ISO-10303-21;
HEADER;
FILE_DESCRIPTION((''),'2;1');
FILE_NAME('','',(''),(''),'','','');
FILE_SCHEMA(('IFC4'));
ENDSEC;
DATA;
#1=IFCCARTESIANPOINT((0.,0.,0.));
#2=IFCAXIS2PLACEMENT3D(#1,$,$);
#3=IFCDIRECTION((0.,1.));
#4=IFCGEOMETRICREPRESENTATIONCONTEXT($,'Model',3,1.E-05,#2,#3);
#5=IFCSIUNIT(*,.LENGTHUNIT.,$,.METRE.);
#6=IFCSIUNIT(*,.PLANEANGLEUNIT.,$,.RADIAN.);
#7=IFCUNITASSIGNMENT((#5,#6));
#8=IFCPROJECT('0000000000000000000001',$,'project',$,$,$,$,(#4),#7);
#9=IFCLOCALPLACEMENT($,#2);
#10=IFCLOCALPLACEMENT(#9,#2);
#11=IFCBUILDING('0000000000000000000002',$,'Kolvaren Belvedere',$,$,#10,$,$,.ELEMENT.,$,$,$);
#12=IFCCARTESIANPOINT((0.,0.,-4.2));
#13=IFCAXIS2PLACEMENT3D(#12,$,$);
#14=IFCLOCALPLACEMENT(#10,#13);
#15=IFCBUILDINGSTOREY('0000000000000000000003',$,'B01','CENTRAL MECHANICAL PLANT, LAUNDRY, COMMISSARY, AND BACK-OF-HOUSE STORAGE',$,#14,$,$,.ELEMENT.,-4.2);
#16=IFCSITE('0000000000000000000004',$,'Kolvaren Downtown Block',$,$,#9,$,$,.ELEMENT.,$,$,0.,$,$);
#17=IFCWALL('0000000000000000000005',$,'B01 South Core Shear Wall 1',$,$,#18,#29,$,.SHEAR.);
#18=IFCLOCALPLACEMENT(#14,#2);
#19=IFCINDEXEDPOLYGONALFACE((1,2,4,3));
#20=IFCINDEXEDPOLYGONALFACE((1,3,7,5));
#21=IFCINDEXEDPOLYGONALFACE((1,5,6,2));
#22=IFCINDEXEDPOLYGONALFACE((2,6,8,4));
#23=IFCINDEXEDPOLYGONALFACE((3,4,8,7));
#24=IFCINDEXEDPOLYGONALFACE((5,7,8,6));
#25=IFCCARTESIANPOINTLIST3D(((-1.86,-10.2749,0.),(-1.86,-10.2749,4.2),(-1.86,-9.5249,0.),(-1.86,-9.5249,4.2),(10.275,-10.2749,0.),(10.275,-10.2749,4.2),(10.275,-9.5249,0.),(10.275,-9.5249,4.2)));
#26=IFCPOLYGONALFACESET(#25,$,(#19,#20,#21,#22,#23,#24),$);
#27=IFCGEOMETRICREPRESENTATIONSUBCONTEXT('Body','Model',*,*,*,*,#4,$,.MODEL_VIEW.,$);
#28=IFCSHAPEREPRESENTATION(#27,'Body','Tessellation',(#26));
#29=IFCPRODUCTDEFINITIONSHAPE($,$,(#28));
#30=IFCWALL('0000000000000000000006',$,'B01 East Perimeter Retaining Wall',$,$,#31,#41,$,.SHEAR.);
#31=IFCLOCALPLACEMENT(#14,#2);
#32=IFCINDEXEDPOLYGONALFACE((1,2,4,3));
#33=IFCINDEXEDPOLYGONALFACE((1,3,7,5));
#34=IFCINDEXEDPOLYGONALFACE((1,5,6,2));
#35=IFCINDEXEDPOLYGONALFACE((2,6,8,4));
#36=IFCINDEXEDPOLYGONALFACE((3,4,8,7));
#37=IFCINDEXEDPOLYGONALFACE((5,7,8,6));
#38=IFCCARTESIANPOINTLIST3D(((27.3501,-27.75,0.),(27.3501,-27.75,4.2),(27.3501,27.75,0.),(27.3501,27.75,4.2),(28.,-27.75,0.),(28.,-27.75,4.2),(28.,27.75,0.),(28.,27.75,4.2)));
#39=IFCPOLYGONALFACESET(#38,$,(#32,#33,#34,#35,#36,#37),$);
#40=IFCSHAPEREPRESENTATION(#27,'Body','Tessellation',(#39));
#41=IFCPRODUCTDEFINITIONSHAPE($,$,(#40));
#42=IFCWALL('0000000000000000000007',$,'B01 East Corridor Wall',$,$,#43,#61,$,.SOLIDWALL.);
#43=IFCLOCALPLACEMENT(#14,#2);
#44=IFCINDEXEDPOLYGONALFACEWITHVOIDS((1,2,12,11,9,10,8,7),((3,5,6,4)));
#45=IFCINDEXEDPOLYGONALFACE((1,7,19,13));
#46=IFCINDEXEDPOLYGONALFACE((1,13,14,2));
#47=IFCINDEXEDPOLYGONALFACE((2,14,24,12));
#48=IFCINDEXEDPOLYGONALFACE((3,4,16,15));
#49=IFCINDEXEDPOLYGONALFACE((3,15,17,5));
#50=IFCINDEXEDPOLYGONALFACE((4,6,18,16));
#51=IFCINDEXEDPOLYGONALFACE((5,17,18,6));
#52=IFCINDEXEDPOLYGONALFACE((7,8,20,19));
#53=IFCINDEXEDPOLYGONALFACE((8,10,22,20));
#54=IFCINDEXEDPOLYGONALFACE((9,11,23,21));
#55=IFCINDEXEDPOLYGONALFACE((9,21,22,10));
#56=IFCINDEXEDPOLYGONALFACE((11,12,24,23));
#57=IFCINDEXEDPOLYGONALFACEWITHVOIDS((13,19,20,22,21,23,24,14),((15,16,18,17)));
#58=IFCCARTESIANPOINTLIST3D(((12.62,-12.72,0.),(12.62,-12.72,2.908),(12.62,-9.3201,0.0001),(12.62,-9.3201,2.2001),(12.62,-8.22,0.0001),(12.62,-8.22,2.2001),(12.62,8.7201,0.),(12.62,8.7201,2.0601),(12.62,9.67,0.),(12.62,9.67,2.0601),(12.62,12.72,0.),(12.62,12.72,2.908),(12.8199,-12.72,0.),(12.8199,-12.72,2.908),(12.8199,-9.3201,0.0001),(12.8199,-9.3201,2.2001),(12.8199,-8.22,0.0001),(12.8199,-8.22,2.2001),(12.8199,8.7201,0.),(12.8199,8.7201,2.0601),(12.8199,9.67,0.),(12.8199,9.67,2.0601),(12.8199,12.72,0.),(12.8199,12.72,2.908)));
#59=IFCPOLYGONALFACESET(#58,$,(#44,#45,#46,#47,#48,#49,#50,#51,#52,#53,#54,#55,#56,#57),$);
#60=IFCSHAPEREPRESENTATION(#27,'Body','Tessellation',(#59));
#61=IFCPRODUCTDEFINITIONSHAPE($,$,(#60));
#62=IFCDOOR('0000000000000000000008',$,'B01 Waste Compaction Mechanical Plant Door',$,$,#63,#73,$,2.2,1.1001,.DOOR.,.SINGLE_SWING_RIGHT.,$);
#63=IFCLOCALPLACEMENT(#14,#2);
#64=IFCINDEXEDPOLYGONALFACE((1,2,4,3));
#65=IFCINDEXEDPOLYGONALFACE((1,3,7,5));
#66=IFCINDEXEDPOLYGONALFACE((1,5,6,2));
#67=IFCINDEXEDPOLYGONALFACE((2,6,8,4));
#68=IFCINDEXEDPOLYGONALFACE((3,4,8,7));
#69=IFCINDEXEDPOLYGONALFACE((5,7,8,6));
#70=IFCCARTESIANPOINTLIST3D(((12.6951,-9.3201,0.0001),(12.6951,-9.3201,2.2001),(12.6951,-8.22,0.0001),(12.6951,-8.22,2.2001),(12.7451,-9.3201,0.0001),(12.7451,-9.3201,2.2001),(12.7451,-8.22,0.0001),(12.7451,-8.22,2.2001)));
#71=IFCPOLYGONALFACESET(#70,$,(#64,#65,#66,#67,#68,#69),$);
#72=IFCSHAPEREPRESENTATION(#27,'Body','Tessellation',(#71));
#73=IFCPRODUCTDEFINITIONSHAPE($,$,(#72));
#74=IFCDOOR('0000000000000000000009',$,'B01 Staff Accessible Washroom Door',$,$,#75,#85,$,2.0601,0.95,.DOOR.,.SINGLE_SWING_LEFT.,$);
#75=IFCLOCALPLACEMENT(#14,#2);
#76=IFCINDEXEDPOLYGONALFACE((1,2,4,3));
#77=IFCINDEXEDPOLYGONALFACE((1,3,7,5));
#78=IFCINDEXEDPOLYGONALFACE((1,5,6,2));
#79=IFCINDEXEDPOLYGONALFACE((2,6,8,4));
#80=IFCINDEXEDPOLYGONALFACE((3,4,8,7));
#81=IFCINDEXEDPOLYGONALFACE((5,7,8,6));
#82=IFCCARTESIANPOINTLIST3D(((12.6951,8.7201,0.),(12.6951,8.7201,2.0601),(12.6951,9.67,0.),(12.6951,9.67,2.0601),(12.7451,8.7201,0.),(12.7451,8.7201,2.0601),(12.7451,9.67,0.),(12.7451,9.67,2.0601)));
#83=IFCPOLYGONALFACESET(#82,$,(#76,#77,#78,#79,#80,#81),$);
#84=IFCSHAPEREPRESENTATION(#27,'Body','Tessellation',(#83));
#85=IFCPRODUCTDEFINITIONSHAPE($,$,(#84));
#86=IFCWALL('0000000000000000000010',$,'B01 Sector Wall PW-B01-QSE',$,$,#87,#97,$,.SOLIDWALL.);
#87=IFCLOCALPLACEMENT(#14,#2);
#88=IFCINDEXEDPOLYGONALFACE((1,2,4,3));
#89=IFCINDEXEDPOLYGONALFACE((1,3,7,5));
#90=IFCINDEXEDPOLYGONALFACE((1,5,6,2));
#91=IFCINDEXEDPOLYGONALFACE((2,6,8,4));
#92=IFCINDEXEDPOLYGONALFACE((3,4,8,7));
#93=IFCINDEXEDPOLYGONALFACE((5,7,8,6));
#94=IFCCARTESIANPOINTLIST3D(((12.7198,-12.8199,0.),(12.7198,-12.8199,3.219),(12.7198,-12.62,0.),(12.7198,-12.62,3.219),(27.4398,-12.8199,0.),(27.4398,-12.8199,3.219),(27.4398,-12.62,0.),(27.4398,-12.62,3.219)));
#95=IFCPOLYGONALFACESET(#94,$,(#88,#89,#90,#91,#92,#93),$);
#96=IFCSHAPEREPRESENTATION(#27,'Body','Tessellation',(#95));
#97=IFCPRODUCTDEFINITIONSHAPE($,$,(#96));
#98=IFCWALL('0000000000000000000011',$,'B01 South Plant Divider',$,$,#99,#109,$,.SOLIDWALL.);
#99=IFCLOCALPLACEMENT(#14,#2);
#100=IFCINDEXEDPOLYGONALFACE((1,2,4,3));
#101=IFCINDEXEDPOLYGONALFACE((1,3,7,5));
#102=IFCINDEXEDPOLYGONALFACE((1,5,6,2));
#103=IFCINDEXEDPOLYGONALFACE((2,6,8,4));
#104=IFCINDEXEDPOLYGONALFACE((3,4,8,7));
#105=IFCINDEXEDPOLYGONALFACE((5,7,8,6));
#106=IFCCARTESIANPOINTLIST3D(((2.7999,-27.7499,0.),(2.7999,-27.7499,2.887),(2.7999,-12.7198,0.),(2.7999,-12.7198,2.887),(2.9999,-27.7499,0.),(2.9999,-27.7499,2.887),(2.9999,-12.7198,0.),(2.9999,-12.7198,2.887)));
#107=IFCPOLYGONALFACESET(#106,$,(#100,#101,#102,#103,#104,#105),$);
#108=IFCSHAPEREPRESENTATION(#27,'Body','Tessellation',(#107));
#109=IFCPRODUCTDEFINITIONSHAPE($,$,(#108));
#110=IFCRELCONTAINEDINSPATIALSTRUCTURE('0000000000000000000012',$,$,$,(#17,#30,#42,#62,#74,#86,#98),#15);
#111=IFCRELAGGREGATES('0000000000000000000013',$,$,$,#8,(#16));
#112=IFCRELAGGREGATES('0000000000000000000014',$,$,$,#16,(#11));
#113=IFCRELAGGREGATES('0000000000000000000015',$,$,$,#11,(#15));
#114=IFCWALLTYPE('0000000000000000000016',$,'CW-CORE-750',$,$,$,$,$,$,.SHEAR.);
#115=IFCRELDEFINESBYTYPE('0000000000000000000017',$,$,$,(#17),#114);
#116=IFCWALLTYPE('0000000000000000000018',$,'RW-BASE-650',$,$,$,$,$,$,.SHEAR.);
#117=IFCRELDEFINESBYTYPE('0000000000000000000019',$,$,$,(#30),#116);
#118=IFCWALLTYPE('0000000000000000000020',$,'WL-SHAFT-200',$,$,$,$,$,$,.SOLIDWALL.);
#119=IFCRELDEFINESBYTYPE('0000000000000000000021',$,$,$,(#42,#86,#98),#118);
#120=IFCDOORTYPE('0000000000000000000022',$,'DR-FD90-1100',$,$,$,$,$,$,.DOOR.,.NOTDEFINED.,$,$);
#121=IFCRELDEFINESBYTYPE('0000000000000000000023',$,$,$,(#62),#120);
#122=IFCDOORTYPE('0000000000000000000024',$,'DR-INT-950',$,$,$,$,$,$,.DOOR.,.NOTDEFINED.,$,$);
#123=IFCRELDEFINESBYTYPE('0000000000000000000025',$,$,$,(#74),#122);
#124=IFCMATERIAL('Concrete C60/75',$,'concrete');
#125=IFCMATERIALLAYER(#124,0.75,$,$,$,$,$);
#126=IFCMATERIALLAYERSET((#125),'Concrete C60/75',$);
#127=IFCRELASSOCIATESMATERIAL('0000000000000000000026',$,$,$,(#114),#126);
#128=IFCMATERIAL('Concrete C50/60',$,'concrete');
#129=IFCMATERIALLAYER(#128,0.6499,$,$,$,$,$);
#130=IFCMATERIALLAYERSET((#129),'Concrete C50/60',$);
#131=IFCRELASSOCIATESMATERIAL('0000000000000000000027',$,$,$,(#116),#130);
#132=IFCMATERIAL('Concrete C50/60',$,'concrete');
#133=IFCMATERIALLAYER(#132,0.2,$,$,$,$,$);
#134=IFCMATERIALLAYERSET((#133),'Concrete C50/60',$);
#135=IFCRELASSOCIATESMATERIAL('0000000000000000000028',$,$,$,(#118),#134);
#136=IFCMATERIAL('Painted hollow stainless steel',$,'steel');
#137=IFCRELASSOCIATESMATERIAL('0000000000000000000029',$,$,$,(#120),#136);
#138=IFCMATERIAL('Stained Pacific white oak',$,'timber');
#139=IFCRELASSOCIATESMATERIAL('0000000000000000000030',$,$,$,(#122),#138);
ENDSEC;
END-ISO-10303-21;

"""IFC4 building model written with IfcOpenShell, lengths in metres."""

from ifc_helpers import new_model, si_unit, direction, frame, frame_2d, origin, place, context, subcontext, project, spatial, rectangle, extrude, material, layer, layer_set, type_object, element, fill, save


model = new_model("IFC4")

# Units and contexts
model_context = context("Model", 3, precision=1e-05, world=origin(), true_north=direction((0.0, 1.0)))
body_context = subcontext(model_context, "Body", "Model", "MODEL_VIEW")
ifc_project = project(units=[si_unit("LENGTHUNIT", "METRE"), si_unit("PLANEANGLEUNIT", "RADIAN")], contexts=[model_context])

# Site, building, storey
site_placement = place(None, origin())
site = spatial("IfcSite", under=ifc_project, at=site_placement, Name="Kolvaren Downtown Block", CompositionType="ELEMENT", RefElevation=0.0)
building_placement = place(site_placement, origin())
building = spatial("IfcBuilding", under=site, at=building_placement, Name="Kolvaren Belvedere", CompositionType="ELEMENT")
storey_placement = place(building_placement, frame((0.0, 0.0, -4.2)))
storey = spatial("IfcBuildingStorey", under=building, at=storey_placement, Name="B01", Description="CENTRAL MECHANICAL PLANT, LAUNDRY, COMMISSARY, AND BACK-OF-HOUSE STORAGE", CompositionType="ELEMENT", Elevation=-4.2)

# Walls
ifc_material_1 = material(Name="Concrete C60/75", Category="concrete")
ifc_layer_1 = layer(ifc_material_1, 0.75)
ifc_layer_set_1 = layer_set([ifc_layer_1], Name="Concrete C60/75")
wall_type_1 = type_object("IfcWallType", Name="CW-CORE-750", PredefinedType="SHEAR", material=ifc_layer_set_1)
wall_1_placement = place(storey_placement, frame((10.2749, -9.8999, 0.0), z_axis=(0.0, 0.0, 1.0), x_axis=(-1.0, 0.0, 0.0)))
element("IfcWall", 1, at=wall_1_placement, inside=storey, type_object=wall_type_1, Name="B01 South Core Shear Wall 1", PredefinedType="SHEAR", context=body_context, shape_type="SweptSolid", body=[
    extrude(rectangle(XDim=12.135, YDim=0.75, at=frame_2d((6.0674, 0.0))), origin(), (0.0, 0.0, 1.0), 4.2),
])
ifc_material_2 = material(Name="Concrete C50/60", Category="concrete")
ifc_layer_2 = layer(ifc_material_2, 0.6499)
ifc_layer_set_2 = layer_set([ifc_layer_2], Name="Concrete C50/60")
wall_type_2 = type_object("IfcWallType", Name="RW-BASE-650", PredefinedType="SHEAR", material=ifc_layer_set_2)
wall_2_placement = place(storey_placement, frame((27.675, -27.75, 0.0), z_axis=(0.0, 0.0, 1.0), x_axis=(0.0, 1.0, 0.0)))
element("IfcWall", 2, at=wall_2_placement, inside=storey, type_object=wall_type_2, Name="B01 East Perimeter Retaining Wall", PredefinedType="SHEAR", context=body_context, shape_type="SweptSolid", body=[
    extrude(rectangle(XDim=55.5, YDim=0.6499, at=frame_2d((27.75, 0.0))), origin(), (0.0, 0.0, 1.0), 4.2),
])

# Wall, openings, doors
ifc_material_3 = material(Name="Concrete C50/60", Category="concrete")
ifc_layer_3 = layer(ifc_material_3, 0.2)
ifc_layer_set_3 = layer_set([ifc_layer_3], Name="Concrete C50/60")
wall_type_3 = type_object("IfcWallType", Name="WL-SHAFT-200", PredefinedType="SOLIDWALL", material=ifc_layer_set_3)
wall_3_placement = place(storey_placement, frame((12.72, -12.72, 0.0), z_axis=(0.0, 0.0, 1.0), x_axis=(0.0, 1.0, 0.0)))
wall_3 = element("IfcWall", 3, at=wall_3_placement, inside=storey, type_object=wall_type_3, Name="B01 East Corridor Wall", PredefinedType="SOLIDWALL", context=body_context, shape_type="SweptSolid", body=[
    extrude(rectangle(XDim=25.4399, YDim=0.2, at=frame_2d((12.72, 0.0))), origin(), (0.0, 0.0, 1.0), 2.908),
])
opening_1_placement = place(wall_3_placement, frame((3.3999, 0.0, 0.0)))
opening_1 = element("IfcOpeningElement", 4, at=opening_1_placement, cuts=wall_3, PredefinedType="OPENING", context=body_context, shape_type="SweptSolid", body=[
    extrude(rectangle(XDim=1.1001, YDim=2.2, at=frame_2d((0.55, 1.1001))), frame((0.0, 0.1099, 0.0), z_axis=(0.0, -1.0, 0.0), x_axis=(1.0, 0.0, 0.0)), (0.0, 0.0, 1.0), 0.22),
])
opening_2_placement = place(wall_3_placement, frame((21.4399, 0.0, 0.0)))
opening_2 = element("IfcOpeningElement", 5, at=opening_2_placement, cuts=wall_3, PredefinedType="OPENING", context=body_context, shape_type="SweptSolid", body=[
    extrude(rectangle(XDim=0.95, YDim=2.0601, at=frame_2d((0.4751, 1.03))), frame((0.0, 0.1099, 0.0), z_axis=(0.0, -1.0, 0.0), x_axis=(1.0, 0.0, 0.0)), (0.0, 0.0, 1.0), 0.22),
])
ifc_material_4 = material(Name="Painted hollow stainless steel", Category="steel")
door_type_1 = type_object("IfcDoorType", Name="DR-FD90-1100", OperationType="NOTDEFINED", PredefinedType="DOOR", material=ifc_material_4)
door_1_placement = place(opening_1_placement, origin())
door_1 = element("IfcDoor", 6, at=door_1_placement, inside=storey, type_object=door_type_1, Name="B01 Waste Compaction Mechanical Plant Door", OperationType="SINGLE_SWING_RIGHT", OverallHeight=2.2, OverallWidth=1.1001, PredefinedType="DOOR", context=body_context, shape_type="SweptSolid", body=[
    extrude(rectangle(XDim=1.1001, YDim=2.2, at=frame_2d((0.55, 1.1001))), frame((0.0, 0.0249, 0.0), z_axis=(0.0, -1.0, 0.0), x_axis=(1.0, 0.0, 0.0)), (0.0, 0.0, 1.0), 0.05),
])
fill(opening_1, door_1)
ifc_material_5 = material(Name="Stained Pacific white oak", Category="timber")
door_type_2 = type_object("IfcDoorType", Name="DR-INT-950", OperationType="NOTDEFINED", PredefinedType="DOOR", material=ifc_material_5)
door_2_placement = place(opening_2_placement, origin())
door_2 = element("IfcDoor", 7, at=door_2_placement, inside=storey, type_object=door_type_2, Name="B01 Staff Accessible Washroom Door", OperationType="SINGLE_SWING_LEFT", OverallHeight=2.0601, OverallWidth=0.95, PredefinedType="DOOR", context=body_context, shape_type="SweptSolid", body=[
    extrude(rectangle(XDim=0.95, YDim=2.0601, at=frame_2d((0.4751, 1.03))), frame((0.0, 0.0249, 0.0), z_axis=(0.0, -1.0, 0.0), x_axis=(1.0, 0.0, 0.0)), (0.0, 0.0, 1.0), 0.05),
])
fill(opening_2, door_2)

# Walls
wall_4_placement = place(storey_placement, frame((12.72, -12.72, 0.0), z_axis=(0.0, 0.0, 1.0), x_axis=(1.0, 0.0, 0.0)))
element("IfcWall", 8, at=wall_4_placement, inside=storey, type_object=wall_type_3, Name="B01 Sector Wall PW-B01-QSE", PredefinedType="SOLIDWALL", context=body_context, shape_type="SweptSolid", body=[
    extrude(rectangle(XDim=14.72, YDim=0.2, at=frame_2d((7.3599, 0.0))), origin(), (0.0, 0.0, 1.0), 3.219),
])
wall_5_placement = place(storey_placement, frame((2.8999, -27.75, 0.0), z_axis=(0.0, 0.0, 1.0), x_axis=(0.0, 1.0, 0.0)))
element("IfcWall", 9, at=wall_5_placement, inside=storey, type_object=wall_type_3, Name="B01 South Plant Divider", PredefinedType="SOLIDWALL", context=body_context, shape_type="SweptSolid", body=[
    extrude(rectangle(XDim=15.03, YDim=0.2, at=frame_2d((7.5151, 0.0))), origin(), (0.0, 0.0, 1.0), 2.887),
])

save(model, "model.ifc")
